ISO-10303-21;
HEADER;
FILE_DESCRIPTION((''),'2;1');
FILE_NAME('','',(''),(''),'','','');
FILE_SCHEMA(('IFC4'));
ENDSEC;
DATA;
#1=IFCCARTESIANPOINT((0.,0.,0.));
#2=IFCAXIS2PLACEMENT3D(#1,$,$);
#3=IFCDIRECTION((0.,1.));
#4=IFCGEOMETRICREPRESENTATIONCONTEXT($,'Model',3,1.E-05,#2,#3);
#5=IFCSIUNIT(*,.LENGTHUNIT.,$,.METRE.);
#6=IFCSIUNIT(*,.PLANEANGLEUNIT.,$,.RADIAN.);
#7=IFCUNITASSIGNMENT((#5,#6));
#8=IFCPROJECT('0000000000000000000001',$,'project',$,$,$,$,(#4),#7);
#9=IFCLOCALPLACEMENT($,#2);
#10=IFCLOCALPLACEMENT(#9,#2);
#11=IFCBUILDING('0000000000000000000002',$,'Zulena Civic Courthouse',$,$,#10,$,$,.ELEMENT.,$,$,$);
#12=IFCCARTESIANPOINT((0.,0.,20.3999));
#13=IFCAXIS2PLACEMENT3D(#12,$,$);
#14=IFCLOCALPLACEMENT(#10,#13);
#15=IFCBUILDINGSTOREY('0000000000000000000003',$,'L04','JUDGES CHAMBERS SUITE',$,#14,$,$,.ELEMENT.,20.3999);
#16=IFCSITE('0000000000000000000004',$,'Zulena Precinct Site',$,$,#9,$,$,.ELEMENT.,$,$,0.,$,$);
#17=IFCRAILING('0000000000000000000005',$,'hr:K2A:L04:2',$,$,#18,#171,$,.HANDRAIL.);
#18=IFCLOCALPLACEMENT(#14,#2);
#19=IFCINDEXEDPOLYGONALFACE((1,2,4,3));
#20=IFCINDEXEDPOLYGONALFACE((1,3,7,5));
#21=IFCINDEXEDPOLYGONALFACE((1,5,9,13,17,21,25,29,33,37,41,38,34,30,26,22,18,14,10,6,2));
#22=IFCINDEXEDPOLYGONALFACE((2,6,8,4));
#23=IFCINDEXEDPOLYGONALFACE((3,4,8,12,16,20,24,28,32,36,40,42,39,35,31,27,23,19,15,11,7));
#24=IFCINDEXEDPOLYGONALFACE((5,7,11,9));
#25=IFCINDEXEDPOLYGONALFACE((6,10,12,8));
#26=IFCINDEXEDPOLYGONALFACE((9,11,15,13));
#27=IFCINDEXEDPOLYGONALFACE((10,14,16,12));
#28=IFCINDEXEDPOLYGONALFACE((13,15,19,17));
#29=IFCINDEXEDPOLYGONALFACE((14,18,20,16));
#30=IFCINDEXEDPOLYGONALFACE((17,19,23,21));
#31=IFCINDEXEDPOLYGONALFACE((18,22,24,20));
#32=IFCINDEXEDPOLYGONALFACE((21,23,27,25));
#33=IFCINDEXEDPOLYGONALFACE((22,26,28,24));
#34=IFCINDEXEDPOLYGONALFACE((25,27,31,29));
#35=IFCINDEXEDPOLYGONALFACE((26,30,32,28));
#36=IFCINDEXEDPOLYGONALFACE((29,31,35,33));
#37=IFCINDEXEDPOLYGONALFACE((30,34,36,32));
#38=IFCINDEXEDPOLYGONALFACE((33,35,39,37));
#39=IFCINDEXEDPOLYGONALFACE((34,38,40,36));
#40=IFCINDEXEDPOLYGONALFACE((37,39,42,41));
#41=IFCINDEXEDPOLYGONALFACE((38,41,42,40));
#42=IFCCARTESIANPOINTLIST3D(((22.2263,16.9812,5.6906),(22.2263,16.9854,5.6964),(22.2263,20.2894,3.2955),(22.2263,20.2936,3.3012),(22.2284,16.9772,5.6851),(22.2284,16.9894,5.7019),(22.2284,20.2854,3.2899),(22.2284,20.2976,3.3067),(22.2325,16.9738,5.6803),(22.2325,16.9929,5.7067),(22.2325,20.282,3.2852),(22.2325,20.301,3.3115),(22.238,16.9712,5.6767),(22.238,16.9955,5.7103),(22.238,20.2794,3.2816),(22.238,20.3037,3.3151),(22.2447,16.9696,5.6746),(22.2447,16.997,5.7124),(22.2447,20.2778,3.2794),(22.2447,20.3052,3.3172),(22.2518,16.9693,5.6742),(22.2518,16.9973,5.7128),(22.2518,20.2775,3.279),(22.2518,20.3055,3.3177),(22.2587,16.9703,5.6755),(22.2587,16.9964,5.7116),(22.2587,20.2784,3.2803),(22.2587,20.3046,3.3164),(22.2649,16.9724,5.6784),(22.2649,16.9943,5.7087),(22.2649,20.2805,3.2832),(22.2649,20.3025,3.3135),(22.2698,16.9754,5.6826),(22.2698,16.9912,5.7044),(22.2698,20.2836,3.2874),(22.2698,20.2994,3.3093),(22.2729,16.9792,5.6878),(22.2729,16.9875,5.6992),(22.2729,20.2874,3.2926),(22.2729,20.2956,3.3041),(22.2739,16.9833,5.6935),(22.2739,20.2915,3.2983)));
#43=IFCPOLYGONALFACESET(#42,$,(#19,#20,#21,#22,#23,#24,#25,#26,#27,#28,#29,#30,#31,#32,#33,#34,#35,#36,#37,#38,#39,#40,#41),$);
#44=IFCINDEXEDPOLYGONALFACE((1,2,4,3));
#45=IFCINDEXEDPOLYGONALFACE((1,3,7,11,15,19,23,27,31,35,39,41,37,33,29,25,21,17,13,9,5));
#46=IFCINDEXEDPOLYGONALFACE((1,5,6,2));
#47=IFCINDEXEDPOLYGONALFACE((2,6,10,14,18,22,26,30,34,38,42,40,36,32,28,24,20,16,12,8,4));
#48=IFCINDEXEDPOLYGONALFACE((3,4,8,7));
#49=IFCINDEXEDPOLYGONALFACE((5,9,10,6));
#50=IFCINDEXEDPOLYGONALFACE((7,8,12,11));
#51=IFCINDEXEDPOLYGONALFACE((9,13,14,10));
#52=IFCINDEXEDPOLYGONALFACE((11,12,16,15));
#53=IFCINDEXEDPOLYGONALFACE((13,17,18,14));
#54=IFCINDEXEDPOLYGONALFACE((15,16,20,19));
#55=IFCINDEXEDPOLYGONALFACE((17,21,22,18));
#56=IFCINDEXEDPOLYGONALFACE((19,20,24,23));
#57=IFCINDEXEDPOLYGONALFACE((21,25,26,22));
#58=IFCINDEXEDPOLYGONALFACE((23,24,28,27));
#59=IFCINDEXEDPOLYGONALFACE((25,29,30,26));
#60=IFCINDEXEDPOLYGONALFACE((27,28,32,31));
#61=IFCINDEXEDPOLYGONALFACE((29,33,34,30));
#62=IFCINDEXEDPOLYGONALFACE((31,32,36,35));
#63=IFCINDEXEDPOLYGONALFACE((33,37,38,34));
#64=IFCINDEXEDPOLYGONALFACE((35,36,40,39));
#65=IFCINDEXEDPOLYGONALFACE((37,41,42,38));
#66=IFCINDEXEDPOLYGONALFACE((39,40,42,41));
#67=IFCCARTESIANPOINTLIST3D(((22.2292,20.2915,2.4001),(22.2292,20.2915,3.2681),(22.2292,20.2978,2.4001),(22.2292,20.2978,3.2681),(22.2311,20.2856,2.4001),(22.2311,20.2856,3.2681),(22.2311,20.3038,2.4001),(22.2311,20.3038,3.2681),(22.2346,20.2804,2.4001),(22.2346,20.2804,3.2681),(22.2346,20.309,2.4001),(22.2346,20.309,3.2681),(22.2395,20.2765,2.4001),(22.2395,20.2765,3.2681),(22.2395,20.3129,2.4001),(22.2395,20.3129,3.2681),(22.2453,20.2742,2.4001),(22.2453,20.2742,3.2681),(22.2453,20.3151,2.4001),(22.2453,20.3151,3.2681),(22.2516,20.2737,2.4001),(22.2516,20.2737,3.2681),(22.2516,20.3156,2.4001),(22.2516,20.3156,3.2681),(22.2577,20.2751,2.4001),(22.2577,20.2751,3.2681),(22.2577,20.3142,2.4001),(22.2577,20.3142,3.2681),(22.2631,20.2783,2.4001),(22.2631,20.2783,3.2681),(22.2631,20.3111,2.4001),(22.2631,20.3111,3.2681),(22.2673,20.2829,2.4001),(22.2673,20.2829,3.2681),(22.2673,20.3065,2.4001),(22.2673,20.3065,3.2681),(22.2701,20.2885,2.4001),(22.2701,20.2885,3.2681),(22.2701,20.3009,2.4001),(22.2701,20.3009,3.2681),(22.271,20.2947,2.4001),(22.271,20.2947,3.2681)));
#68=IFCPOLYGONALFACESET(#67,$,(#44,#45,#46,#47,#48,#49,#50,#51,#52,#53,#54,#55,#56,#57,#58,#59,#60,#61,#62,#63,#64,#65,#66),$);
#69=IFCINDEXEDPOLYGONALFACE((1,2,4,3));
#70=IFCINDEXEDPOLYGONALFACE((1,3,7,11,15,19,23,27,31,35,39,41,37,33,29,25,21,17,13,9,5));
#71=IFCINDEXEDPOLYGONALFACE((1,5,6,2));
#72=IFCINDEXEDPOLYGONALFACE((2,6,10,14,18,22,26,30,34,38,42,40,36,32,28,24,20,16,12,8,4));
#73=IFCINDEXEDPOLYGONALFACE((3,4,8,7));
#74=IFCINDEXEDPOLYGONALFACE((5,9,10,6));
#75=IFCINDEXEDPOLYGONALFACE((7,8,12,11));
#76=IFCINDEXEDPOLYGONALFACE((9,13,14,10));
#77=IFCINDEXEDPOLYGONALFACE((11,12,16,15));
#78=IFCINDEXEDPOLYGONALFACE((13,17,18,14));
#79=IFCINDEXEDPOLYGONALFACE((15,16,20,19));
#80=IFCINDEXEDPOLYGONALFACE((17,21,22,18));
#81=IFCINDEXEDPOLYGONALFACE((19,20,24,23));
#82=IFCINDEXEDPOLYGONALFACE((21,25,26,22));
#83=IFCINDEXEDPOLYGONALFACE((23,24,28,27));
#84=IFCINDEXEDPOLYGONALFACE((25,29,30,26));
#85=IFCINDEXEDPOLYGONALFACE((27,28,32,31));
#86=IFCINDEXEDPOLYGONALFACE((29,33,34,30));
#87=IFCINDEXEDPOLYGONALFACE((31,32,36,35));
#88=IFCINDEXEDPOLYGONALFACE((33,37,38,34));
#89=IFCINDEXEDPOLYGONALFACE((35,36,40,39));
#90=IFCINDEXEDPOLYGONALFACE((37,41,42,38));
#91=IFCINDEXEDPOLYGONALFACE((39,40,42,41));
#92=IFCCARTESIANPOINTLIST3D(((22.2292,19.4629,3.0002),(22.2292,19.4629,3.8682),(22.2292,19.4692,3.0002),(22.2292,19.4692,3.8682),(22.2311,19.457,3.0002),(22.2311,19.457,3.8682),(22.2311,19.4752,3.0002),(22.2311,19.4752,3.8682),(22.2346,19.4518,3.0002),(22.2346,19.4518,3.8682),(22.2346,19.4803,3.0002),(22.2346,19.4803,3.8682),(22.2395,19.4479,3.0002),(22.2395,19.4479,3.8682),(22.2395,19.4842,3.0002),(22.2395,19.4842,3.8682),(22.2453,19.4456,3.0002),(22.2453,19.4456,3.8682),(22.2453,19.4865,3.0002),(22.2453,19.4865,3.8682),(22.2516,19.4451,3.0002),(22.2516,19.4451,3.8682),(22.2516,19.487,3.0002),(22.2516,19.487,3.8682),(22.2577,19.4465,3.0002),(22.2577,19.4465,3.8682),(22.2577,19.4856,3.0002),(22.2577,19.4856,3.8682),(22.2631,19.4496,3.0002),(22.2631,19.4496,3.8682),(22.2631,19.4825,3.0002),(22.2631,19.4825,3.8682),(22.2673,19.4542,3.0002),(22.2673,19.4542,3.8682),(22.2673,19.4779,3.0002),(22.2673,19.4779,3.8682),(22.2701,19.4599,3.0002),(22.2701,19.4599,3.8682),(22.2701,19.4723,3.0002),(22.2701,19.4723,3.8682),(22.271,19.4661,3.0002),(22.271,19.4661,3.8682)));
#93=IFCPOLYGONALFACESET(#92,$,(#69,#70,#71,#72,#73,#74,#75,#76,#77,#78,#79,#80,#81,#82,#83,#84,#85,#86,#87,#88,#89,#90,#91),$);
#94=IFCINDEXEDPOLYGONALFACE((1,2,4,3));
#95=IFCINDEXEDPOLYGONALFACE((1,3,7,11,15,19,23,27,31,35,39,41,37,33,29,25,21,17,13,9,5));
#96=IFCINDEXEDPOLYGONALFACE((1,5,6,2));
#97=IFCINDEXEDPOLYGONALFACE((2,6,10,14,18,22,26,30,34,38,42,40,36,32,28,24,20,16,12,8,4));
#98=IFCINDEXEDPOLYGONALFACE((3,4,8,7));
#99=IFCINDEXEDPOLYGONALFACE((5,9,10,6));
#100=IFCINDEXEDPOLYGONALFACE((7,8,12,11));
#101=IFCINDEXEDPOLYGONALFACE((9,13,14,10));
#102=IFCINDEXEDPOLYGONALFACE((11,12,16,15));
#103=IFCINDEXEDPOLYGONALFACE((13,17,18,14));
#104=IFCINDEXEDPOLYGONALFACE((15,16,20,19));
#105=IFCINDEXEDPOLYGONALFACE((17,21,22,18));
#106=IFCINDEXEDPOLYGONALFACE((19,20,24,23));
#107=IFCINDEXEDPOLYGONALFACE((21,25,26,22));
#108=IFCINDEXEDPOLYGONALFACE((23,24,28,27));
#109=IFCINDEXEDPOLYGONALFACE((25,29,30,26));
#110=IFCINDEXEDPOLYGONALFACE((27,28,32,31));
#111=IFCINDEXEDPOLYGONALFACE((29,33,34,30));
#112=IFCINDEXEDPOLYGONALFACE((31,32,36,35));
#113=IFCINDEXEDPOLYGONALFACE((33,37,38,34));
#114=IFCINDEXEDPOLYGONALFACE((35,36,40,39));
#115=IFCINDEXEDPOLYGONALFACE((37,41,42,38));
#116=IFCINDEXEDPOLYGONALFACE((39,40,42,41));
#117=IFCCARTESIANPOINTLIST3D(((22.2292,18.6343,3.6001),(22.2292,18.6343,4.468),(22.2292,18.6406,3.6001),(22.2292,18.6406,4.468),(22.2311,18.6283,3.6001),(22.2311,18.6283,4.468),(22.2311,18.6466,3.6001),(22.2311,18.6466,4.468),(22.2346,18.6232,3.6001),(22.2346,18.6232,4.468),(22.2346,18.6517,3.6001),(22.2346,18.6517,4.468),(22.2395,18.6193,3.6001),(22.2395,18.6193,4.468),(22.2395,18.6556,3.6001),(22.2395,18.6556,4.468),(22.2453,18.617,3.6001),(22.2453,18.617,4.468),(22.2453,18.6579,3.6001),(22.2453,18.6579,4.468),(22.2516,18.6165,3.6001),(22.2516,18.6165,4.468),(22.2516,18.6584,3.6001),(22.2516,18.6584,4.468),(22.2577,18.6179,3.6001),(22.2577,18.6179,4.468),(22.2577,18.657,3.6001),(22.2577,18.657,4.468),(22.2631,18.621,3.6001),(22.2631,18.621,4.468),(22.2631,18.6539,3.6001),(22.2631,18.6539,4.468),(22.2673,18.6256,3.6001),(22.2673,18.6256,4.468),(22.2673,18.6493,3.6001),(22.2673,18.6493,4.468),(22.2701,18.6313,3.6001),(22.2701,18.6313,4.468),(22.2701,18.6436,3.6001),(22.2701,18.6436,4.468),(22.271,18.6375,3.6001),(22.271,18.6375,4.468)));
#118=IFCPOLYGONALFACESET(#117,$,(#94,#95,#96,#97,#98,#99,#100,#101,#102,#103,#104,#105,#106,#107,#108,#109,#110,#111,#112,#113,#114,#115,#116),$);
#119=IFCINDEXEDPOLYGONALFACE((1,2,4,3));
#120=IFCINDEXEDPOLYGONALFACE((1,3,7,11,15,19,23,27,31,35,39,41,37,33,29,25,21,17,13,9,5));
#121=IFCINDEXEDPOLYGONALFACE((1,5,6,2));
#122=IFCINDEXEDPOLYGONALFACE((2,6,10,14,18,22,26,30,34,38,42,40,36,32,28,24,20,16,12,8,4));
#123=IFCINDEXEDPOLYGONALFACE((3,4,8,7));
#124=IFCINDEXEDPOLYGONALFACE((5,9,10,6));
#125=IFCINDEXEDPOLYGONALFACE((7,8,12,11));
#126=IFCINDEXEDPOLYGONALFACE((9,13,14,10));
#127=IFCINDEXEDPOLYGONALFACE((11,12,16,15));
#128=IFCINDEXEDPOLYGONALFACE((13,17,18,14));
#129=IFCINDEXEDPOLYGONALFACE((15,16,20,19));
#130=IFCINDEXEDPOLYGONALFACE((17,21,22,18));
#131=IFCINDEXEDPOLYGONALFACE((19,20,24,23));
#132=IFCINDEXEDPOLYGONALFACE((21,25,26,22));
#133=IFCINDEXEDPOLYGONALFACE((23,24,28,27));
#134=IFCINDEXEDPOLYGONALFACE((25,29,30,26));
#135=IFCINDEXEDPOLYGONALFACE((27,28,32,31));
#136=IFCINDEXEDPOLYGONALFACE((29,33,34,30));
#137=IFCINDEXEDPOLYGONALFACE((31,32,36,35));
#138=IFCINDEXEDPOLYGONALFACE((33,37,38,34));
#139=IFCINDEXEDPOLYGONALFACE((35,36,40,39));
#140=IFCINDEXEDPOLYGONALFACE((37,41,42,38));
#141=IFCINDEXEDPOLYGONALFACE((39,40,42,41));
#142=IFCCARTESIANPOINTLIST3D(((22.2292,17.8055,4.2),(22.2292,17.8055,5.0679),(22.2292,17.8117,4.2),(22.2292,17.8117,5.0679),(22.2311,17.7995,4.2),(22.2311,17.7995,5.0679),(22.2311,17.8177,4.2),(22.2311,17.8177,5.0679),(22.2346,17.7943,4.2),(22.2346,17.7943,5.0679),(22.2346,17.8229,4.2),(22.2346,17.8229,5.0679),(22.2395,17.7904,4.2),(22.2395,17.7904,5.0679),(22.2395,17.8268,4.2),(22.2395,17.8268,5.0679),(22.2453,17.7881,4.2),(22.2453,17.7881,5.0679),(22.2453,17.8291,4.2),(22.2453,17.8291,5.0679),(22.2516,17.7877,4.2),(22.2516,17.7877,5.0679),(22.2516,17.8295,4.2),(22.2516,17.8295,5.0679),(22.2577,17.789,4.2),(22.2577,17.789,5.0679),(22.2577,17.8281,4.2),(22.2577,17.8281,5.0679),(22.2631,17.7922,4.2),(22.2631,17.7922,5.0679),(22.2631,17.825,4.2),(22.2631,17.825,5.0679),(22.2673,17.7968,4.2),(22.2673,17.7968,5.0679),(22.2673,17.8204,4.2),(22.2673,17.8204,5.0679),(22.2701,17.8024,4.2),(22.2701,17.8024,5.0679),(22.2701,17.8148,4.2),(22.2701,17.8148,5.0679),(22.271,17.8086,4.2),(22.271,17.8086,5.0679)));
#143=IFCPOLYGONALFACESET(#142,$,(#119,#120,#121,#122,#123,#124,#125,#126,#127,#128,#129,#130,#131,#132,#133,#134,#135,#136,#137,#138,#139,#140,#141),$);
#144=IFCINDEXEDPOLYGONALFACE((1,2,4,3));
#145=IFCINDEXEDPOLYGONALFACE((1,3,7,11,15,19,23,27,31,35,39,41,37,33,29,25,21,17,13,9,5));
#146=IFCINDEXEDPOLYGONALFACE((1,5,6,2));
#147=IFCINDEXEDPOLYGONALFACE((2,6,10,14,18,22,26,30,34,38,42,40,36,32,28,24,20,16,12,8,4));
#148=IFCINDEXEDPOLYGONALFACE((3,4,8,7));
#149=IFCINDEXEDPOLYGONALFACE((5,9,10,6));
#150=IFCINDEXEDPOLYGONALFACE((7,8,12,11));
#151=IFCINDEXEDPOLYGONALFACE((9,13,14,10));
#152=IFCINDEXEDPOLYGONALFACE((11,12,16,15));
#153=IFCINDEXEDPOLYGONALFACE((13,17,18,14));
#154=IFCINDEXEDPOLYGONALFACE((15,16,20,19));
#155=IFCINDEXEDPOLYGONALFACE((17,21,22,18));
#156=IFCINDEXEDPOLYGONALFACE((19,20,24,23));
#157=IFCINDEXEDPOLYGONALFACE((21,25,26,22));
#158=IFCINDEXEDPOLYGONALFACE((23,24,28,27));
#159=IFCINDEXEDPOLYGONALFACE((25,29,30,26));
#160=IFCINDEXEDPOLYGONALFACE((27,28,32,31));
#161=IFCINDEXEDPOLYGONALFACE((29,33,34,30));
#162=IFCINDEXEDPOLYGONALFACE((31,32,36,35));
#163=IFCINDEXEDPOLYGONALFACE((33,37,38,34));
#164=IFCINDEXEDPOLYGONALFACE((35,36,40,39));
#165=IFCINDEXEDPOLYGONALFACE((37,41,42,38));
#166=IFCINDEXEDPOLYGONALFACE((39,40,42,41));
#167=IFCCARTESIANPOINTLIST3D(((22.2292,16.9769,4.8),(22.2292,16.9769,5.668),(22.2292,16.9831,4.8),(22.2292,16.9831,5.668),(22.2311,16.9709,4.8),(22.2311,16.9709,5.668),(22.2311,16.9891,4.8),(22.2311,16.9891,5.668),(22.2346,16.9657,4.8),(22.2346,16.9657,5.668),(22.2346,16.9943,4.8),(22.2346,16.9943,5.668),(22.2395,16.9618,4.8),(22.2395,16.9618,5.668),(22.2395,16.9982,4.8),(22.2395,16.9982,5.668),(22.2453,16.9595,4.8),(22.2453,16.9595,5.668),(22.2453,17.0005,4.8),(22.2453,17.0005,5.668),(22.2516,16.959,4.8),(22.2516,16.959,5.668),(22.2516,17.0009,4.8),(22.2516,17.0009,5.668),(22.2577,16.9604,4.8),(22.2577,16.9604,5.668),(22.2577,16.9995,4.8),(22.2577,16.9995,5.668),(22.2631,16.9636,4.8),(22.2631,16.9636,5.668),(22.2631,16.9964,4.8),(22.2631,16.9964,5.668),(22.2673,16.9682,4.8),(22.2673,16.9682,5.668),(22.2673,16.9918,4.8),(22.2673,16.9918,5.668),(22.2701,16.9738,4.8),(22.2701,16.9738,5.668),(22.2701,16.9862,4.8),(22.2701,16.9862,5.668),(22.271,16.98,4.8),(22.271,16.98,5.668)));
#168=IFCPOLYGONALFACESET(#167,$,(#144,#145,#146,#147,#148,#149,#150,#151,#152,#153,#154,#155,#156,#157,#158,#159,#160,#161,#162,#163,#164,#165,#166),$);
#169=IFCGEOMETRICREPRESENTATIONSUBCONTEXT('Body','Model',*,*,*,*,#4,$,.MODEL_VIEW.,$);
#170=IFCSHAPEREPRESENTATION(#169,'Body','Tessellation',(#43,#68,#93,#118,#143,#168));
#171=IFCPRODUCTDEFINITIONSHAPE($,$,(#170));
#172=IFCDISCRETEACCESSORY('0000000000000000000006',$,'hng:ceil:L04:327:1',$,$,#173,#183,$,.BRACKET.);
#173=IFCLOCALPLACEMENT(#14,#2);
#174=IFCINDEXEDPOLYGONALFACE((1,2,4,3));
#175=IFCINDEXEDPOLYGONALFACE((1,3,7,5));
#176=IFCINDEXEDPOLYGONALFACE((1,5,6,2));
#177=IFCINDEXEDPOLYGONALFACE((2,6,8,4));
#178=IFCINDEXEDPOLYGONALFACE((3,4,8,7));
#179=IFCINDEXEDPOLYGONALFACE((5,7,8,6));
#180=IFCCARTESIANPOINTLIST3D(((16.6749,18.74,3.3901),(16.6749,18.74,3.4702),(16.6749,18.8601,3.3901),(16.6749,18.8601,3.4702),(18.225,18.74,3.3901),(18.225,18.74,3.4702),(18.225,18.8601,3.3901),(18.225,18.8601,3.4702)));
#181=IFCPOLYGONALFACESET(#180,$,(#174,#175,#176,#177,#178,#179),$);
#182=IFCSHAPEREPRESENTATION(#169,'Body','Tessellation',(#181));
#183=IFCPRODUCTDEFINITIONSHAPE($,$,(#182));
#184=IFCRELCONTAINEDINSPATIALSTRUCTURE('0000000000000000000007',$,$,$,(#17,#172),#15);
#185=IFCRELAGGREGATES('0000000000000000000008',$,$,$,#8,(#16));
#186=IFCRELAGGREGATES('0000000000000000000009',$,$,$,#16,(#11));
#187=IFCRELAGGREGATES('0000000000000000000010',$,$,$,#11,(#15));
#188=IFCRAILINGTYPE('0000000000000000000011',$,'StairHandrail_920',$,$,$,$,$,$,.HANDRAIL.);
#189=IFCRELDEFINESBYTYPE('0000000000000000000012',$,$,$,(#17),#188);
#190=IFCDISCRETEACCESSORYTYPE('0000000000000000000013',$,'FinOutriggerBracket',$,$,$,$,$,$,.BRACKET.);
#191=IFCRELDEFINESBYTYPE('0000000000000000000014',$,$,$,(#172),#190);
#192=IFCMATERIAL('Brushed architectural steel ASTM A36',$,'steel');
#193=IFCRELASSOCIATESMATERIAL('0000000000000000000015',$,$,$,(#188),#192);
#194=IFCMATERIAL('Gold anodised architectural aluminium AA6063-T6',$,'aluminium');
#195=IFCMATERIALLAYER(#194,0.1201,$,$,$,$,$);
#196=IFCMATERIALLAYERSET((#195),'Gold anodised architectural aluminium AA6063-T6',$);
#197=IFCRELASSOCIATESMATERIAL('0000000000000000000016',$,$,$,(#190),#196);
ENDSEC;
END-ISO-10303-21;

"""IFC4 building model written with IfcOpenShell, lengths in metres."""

from ifc_helpers import new_model, si_unit, direction, frame, origin, origin_2d, place, context, subcontext, project, spatial, rectangle, circle, extrude, material, layer, layer_set, type_object, element, save


model = new_model("IFC4")

# Units and contexts
model_context = context("Model", 3, precision=1e-05, world=origin(), true_north=direction((0.0, 1.0)))
body_context = subcontext(model_context, "Body", "Model", "MODEL_VIEW")
ifc_project = project(units=[si_unit("LENGTHUNIT", "METRE"), si_unit("PLANEANGLEUNIT", "RADIAN")], contexts=[model_context])

# Site, building, storey
site_placement = place(None, origin())
site = spatial("IfcSite", under=ifc_project, at=site_placement, Name="Zulena Precinct Site", CompositionType="ELEMENT", RefElevation=0.0)
building_placement = place(site_placement, origin())
building = spatial("IfcBuilding", under=site, at=building_placement, Name="Zulena Civic Courthouse", CompositionType="ELEMENT")
storey_placement = place(building_placement, frame((0.0, 0.0, 20.3999)))
storey = spatial("IfcBuildingStorey", under=building, at=storey_placement, Name="L04", Description="JUDGES CHAMBERS SUITE", CompositionType="ELEMENT", Elevation=20.3999)

# Railing
ifc_material_1 = material(Name="Brushed architectural steel ASTM A36", Category="steel")
railing_type_1 = type_object("IfcRailingType", Name="StairHandrail_920", PredefinedType="HANDRAIL", material=ifc_material_1)
railing_1_placement = place(storey_placement, frame((22.25, 20.2947, 2.4001)))
element("IfcRailing", 1, at=railing_1_placement, inside=storey, type_object=railing_type_1, Name="hr:K2A:L04:2", PredefinedType="HANDRAIL", context=body_context, shape_type="SweptSolid", body=[
    extrude(circle(Radius=0.0239, at=origin_2d()), frame((0.0, -0.0032, 0.8982), z_axis=(0.0, -0.809988, 0.586446), x_axis=(1.0, 0.0, 0.0)), (0.0, 0.0, 1.0), 4.0842),
    extrude(circle(Radius=0.021, at=origin_2d()), origin(), (0.0, 0.0, 1.0), 0.8679),
    extrude(circle(Radius=0.021, at=origin_2d()), frame((0.0, -0.8286, 0.6001)), (0.0, 0.0, 1.0), 0.8679),
    extrude(circle(Radius=0.021, at=origin_2d()), frame((0.0, -1.6572, 1.2)), (0.0, 0.0, 1.0), 0.8679),
    extrude(circle(Radius=0.021, at=origin_2d()), frame((0.0, -2.4861, 1.7998)), (0.0, 0.0, 1.0), 0.8679),
    extrude(circle(Radius=0.021, at=origin_2d()), frame((0.0, -3.3147, 2.3999)), (0.0, 0.0, 1.0), 0.8679),
])

# Discrete accessory
ifc_material_2 = material(Name="Gold anodised architectural aluminium AA6063-T6", Category="aluminium")
ifc_layer_1 = layer(ifc_material_2, 0.1201)
ifc_layer_set_1 = layer_set([ifc_layer_1], Name="Gold anodised architectural aluminium AA6063-T6")
discrete_accessory_type = type_object("IfcDiscreteAccessoryType", Name="FinOutriggerBracket", PredefinedType="BRACKET", material=ifc_layer_set_1)
discrete_accessory_placement = place(storey_placement, frame((17.45, 18.8, 3.3901), z_axis=(0.0, 0.0, 1.0), x_axis=(1.0, 0.0, 0.0)))
element("IfcDiscreteAccessory", 2, at=discrete_accessory_placement, inside=storey, type_object=discrete_accessory_type, Name="hng:ceil:L04:327:1", PredefinedType="BRACKET", context=body_context, shape_type="SweptSolid", body=[
    extrude(rectangle(XDim=1.55, YDim=0.1201, at=origin_2d()), origin(), (0.0, 0.0, 1.0), 0.0801),
])

save(model, "model.ifc")
